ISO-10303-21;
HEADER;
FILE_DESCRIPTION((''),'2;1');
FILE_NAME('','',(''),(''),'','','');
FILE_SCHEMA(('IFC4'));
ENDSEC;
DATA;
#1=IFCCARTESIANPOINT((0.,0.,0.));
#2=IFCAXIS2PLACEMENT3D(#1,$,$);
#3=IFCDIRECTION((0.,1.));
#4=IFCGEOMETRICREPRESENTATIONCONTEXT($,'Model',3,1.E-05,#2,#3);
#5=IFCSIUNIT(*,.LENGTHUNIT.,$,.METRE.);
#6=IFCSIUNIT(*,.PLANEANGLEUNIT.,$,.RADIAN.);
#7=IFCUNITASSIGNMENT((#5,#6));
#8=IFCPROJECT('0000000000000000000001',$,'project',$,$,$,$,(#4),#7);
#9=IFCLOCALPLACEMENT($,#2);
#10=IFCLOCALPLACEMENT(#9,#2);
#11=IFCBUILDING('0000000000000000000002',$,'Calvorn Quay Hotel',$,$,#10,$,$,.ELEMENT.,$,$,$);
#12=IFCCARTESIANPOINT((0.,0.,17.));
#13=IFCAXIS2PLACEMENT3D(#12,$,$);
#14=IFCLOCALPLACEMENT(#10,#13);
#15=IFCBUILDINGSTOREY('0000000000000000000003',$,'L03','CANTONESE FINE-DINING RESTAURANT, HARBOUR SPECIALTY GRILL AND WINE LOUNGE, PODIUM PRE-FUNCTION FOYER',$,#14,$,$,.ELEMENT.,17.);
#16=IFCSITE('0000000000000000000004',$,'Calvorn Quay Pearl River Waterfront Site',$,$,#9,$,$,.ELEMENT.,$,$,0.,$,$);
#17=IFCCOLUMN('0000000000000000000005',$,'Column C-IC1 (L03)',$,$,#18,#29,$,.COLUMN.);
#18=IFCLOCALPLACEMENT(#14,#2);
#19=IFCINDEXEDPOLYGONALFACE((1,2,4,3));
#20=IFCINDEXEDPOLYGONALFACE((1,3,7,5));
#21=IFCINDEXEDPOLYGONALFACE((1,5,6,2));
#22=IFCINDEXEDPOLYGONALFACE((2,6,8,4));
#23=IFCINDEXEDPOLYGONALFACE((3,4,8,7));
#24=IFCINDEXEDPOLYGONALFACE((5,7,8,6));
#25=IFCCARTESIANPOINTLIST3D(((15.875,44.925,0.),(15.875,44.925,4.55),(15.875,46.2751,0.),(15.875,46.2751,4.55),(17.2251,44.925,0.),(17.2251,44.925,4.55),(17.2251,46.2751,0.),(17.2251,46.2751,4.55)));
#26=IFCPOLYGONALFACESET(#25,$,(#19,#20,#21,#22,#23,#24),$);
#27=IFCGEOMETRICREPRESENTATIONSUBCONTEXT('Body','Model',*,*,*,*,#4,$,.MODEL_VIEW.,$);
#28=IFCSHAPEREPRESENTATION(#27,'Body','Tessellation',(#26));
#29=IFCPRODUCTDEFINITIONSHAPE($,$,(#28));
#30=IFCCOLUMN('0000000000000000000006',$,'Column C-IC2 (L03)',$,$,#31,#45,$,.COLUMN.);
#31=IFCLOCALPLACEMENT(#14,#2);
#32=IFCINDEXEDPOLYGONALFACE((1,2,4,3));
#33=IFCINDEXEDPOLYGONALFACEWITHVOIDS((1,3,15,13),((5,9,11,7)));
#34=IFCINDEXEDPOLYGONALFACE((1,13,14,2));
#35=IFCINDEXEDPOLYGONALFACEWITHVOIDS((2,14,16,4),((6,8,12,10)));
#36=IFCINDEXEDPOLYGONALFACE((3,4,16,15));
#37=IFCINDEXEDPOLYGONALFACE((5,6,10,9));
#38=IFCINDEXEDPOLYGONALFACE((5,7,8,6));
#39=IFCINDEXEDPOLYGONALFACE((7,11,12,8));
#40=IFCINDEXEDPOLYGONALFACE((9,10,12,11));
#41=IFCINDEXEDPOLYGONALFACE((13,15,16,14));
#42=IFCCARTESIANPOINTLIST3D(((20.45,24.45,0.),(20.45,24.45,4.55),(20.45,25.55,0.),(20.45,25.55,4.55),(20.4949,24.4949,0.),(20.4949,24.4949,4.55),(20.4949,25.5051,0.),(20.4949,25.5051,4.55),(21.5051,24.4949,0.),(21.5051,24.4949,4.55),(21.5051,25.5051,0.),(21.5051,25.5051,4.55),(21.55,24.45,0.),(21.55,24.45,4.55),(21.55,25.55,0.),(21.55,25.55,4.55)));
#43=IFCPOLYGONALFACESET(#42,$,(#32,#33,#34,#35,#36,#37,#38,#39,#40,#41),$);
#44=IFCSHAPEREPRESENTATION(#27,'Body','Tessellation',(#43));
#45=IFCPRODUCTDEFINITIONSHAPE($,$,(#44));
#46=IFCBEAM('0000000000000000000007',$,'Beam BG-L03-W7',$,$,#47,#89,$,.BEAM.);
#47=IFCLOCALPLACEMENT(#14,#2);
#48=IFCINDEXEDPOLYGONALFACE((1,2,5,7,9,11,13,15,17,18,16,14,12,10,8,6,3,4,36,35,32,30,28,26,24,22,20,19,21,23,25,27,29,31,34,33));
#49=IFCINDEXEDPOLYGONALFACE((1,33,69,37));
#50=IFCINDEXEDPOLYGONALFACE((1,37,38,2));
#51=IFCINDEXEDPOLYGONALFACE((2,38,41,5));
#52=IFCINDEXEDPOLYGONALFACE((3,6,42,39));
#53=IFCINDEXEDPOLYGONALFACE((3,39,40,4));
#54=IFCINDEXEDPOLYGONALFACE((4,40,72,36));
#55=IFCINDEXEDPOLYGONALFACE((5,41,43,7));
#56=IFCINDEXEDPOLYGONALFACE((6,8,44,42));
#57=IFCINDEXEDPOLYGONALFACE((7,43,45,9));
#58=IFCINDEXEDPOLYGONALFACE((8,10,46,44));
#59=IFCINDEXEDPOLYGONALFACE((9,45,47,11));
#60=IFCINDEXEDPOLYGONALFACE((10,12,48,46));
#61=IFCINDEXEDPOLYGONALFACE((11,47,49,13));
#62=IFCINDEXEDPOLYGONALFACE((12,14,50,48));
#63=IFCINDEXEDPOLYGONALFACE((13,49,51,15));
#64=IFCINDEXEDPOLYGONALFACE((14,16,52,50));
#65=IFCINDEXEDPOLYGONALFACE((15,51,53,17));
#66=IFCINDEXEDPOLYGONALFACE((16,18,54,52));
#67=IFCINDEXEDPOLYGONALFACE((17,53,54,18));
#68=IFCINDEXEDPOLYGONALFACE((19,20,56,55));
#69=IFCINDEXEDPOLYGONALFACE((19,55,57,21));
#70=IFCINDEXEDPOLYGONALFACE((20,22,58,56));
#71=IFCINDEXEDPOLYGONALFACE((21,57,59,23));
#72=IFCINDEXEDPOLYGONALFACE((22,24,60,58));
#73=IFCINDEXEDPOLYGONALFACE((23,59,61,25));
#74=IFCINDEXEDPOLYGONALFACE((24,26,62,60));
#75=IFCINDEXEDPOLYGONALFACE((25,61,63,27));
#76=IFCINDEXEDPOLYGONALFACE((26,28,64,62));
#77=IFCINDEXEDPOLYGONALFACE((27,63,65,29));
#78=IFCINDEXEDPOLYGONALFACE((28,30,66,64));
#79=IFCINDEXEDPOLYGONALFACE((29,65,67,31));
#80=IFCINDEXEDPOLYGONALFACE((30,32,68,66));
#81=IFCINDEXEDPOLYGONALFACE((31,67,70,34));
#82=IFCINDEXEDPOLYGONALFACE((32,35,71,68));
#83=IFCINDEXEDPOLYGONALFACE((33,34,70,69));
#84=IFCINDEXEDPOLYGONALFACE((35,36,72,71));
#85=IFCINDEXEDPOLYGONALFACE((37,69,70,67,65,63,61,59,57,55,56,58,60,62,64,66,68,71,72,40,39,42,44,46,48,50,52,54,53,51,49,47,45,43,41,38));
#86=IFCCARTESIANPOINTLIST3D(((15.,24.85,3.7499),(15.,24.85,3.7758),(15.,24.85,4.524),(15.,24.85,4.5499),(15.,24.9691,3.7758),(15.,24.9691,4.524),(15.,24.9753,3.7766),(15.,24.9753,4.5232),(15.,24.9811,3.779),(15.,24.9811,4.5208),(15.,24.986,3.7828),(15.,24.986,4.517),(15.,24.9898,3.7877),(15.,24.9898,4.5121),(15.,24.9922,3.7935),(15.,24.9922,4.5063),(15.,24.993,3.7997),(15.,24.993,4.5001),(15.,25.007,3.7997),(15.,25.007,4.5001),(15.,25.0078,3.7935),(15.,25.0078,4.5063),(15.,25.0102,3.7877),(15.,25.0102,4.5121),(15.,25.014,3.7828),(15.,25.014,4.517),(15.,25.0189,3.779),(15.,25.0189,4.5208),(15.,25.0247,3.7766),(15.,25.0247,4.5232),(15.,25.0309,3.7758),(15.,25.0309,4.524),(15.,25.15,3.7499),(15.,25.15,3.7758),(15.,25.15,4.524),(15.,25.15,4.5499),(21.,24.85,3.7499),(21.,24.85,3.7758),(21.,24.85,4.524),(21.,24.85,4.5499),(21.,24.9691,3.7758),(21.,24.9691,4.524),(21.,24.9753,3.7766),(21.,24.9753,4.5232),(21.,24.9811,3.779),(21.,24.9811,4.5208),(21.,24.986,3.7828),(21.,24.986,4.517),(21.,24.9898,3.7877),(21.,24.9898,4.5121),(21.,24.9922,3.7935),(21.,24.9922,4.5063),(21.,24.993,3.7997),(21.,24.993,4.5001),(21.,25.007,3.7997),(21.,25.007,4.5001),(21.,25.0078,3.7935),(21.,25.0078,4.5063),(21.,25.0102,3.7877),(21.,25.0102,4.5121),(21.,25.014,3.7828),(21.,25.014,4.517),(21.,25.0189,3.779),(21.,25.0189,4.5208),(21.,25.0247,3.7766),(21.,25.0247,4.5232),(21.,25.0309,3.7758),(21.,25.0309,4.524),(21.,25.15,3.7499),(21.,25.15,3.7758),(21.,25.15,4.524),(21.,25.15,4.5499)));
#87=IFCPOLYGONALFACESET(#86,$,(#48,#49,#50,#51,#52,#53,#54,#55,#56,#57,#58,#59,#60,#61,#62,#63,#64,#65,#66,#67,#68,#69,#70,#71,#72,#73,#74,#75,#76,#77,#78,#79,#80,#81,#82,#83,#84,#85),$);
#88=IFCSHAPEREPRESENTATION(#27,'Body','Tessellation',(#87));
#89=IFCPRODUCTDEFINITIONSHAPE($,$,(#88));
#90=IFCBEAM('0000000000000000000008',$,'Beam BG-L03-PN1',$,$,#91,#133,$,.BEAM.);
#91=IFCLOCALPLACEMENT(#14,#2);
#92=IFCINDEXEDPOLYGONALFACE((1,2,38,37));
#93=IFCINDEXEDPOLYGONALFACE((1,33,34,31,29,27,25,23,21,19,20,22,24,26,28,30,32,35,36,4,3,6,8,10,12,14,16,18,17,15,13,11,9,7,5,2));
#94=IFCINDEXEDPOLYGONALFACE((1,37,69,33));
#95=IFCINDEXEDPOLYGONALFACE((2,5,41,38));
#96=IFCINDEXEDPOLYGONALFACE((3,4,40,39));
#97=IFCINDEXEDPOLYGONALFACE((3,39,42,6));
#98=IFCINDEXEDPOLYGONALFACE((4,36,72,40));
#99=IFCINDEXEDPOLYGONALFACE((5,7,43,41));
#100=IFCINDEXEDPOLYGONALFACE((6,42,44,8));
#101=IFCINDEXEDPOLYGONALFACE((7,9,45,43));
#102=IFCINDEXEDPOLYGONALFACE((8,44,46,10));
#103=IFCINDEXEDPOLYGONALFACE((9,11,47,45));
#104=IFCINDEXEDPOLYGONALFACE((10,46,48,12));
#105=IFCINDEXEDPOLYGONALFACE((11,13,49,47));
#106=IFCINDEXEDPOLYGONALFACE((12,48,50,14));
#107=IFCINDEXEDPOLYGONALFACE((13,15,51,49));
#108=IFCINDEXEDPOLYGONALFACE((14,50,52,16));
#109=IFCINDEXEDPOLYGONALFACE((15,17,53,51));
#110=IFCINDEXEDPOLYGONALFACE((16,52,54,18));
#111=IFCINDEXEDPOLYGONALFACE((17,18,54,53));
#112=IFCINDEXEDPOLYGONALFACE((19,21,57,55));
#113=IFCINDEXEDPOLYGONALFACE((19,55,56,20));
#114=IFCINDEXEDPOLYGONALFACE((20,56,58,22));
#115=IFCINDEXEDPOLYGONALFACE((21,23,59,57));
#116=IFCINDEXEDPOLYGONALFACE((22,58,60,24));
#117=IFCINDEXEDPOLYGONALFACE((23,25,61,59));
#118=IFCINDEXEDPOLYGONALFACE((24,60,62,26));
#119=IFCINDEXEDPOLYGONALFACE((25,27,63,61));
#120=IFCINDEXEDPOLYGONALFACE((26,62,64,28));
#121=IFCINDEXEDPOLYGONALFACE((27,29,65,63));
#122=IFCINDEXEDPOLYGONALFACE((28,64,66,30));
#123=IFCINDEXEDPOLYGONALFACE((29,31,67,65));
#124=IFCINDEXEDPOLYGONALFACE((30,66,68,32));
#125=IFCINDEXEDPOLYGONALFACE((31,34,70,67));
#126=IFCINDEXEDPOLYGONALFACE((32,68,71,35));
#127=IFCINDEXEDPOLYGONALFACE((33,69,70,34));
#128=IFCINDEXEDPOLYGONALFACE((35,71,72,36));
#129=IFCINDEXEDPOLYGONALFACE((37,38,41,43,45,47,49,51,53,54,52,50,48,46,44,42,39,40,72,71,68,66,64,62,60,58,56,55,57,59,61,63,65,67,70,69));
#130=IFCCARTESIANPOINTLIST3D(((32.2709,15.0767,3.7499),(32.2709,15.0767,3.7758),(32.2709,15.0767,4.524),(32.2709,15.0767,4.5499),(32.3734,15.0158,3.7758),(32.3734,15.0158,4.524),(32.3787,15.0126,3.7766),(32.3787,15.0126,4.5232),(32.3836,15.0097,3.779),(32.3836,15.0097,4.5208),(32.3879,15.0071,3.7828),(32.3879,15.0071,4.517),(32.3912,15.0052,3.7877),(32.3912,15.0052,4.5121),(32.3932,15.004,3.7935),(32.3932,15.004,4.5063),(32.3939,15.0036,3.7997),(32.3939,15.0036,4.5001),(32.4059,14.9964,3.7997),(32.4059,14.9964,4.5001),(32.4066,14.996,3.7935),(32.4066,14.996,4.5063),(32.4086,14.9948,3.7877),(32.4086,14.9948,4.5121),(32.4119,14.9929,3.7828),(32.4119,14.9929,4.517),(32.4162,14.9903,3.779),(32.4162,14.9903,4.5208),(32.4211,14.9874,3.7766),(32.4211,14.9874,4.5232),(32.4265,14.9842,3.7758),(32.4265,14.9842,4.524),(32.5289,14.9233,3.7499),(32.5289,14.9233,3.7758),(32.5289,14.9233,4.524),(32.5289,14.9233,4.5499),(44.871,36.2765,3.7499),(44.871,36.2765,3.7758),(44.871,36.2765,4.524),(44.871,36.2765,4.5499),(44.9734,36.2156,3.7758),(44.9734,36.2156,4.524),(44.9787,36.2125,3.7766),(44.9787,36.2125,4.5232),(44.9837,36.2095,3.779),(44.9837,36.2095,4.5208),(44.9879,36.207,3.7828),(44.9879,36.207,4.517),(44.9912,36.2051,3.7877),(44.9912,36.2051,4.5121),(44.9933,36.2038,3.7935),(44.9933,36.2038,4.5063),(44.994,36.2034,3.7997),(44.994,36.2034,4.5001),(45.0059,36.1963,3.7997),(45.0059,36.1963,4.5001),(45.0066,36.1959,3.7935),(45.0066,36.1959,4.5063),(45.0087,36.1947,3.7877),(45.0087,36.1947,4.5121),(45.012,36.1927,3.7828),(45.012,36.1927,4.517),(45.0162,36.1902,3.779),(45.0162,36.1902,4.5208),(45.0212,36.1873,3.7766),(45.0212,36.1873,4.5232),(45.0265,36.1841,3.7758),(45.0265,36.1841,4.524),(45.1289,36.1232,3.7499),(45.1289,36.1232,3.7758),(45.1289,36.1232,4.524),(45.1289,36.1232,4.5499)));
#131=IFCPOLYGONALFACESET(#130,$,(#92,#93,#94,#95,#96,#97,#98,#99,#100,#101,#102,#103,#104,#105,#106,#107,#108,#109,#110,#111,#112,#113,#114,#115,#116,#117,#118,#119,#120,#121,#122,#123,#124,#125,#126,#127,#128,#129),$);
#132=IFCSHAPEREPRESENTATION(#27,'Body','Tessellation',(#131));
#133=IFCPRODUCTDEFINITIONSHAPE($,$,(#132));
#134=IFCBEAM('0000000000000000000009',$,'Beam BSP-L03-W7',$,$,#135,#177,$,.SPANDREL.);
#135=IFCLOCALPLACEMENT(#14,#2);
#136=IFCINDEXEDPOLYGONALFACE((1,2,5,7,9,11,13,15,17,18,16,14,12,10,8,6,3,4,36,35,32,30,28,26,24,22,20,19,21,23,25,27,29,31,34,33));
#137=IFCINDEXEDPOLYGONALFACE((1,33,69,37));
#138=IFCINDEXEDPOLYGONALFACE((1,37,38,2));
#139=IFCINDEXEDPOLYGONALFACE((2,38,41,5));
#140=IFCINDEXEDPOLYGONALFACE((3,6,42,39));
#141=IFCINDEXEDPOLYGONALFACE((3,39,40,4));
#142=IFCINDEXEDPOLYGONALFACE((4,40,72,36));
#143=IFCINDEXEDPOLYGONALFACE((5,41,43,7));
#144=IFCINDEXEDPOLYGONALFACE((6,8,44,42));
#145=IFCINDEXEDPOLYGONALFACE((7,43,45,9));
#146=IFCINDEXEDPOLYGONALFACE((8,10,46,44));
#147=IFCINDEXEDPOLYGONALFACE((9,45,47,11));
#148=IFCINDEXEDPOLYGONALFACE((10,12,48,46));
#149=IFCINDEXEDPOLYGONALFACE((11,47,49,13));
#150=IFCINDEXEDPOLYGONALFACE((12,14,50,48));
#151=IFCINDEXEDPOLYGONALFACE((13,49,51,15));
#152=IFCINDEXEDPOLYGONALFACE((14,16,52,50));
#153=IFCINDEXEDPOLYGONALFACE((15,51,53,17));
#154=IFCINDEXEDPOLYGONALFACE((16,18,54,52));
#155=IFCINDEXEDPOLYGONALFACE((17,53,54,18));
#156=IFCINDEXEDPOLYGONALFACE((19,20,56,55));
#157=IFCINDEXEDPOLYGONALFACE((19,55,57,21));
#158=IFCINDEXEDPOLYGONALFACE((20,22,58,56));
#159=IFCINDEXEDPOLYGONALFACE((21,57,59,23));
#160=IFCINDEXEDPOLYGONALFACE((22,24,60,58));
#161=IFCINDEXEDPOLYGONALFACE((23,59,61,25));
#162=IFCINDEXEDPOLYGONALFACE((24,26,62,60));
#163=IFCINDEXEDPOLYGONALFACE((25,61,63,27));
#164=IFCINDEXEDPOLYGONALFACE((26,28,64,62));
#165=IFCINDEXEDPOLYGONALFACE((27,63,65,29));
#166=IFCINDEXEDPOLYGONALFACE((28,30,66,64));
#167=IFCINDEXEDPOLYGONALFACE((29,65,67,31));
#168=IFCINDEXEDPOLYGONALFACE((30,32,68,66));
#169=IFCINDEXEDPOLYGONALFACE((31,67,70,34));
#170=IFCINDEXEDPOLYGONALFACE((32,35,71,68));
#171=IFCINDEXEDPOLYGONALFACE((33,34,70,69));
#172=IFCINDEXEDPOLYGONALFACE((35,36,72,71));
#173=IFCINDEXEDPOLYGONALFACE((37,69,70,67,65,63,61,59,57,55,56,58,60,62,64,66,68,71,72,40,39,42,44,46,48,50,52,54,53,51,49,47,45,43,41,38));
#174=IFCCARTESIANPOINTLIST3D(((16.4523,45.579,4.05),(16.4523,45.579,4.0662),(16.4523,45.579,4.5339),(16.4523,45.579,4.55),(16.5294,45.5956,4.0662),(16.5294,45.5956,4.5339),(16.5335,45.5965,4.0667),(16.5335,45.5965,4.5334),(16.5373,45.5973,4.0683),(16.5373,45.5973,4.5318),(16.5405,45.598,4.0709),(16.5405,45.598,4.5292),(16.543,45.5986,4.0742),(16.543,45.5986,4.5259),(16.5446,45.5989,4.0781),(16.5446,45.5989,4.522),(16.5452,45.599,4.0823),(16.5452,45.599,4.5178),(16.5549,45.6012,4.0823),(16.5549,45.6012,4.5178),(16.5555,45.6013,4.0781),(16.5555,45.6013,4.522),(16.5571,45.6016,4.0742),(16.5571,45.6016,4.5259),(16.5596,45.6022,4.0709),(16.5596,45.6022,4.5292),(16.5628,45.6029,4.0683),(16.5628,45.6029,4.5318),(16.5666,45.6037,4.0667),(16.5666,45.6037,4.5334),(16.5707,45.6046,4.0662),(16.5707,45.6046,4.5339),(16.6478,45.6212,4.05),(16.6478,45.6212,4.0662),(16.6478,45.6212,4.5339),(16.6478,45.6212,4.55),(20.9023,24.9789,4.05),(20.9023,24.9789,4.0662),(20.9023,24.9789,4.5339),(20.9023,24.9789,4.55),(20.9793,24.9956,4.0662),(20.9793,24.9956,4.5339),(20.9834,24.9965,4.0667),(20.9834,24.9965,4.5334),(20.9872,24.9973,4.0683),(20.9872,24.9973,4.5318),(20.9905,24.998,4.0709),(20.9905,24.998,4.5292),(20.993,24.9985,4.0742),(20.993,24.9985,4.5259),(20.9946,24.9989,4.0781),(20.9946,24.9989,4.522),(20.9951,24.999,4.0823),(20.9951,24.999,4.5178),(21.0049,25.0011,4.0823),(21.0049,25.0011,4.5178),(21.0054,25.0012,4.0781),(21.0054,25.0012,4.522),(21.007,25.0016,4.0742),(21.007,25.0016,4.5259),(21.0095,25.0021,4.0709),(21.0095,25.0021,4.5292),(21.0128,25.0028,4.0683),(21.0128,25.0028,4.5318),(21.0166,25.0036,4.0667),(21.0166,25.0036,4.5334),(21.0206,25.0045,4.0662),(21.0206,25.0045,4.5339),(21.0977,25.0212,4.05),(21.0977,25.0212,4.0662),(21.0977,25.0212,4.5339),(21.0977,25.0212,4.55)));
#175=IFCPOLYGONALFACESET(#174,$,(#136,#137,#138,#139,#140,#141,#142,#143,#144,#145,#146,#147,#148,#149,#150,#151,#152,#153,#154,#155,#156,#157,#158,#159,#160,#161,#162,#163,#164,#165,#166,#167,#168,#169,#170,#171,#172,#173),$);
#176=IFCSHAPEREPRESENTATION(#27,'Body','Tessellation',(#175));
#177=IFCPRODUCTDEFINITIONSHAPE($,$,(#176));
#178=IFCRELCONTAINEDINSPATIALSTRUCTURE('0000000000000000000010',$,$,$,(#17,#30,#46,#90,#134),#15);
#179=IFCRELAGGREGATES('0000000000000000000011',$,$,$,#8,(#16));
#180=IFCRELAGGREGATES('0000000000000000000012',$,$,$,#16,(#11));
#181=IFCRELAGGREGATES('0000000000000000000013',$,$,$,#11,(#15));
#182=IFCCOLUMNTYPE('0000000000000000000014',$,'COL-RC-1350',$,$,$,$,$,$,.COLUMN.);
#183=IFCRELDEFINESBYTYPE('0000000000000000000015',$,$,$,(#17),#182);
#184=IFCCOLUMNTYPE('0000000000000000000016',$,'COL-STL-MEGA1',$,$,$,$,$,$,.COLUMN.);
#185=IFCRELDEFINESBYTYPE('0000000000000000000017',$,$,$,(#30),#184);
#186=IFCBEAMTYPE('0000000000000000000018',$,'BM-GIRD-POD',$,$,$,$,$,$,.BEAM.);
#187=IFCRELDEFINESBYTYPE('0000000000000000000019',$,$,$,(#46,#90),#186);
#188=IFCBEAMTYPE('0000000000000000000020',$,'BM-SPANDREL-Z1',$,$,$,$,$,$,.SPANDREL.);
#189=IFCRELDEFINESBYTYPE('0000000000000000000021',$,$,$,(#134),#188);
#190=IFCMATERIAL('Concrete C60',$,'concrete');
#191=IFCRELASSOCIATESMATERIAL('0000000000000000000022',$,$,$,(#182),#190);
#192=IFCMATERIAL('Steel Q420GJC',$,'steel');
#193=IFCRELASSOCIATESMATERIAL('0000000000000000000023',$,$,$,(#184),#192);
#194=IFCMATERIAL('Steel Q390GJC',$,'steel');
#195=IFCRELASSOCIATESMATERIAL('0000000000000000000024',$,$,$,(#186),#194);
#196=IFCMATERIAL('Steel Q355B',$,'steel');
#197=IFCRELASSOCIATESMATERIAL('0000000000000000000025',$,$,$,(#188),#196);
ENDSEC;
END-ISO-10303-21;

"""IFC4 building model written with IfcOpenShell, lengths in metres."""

from ifc_helpers import new_model, si_unit, direction, frame, origin, origin_2d, place, context, subcontext, project, spatial, rectangle, hollow_rectangle, i_section, extrude, material, material_profile, profile_set, type_object, element, save


model = new_model("IFC4")

# Units and contexts
model_context = context("Model", 3, precision=1e-05, world=origin(), true_north=direction((0.0, 1.0)))
body_context = subcontext(model_context, "Body", "Model", "MODEL_VIEW")
ifc_project = project(units=[si_unit("LENGTHUNIT", "METRE"), si_unit("PLANEANGLEUNIT", "RADIAN")], contexts=[model_context])

# Site, building, storey
site_placement = place(None, origin())
site = spatial("IfcSite", under=ifc_project, at=site_placement, Name="Calvorn Quay Pearl River Waterfront Site", CompositionType="ELEMENT", RefElevation=0.0)
building_placement = place(site_placement, origin())
building = spatial("IfcBuilding", under=site, at=building_placement, Name="Calvorn Quay Hotel", CompositionType="ELEMENT")
storey_placement = place(building_placement, frame((0.0, 0.0, 17.0)))
storey = spatial("IfcBuildingStorey", under=building, at=storey_placement, Name="L03", Description="CANTONESE FINE-DINING RESTAURANT, HARBOUR SPECIALTY GRILL AND WINE LOUNGE, PODIUM PRE-FUNCTION FOYER", CompositionType="ELEMENT", Elevation=17.0)

# Columns
ifc_material_1 = material(Name="Concrete C60", Category="concrete")
ifc_material_profile_1 = material_profile(ifc_material_1, rectangle(XDim=1.3501, YDim=1.3501, at=origin_2d()), Name="RC1350x1350")
ifc_profile_set_1 = profile_set([ifc_material_profile_1], Name="Concrete C60")
column_type_1 = type_object("IfcColumnType", Name="COL-RC-1350", PredefinedType="COLUMN", material=ifc_profile_set_1)
column_1_placement = place(storey_placement, frame((16.55, 45.6001, 0.0), z_axis=(0.0, 0.0, 1.0), x_axis=(1.0, 0.0, 0.0)))
element("IfcColumn", 1, at=column_1_placement, inside=storey, type_object=column_type_1, Name="Column C-IC1 (L03)", PredefinedType="COLUMN", context=body_context, shape_type="SweptSolid", body=[
    extrude(rectangle(XDim=1.3501, YDim=1.3501, at=origin_2d()), origin(), (0.0, 0.0, 1.0), 4.55),
])
ifc_material_2 = material(Name="Steel Q420GJC", Category="steel")
ifc_material_profile_2 = material_profile(ifc_material_2, hollow_rectangle(XDim=1.1001, YDim=1.1001, WallThickness=0.0449, at=origin_2d()), Name="BOX1100x1100x45")
ifc_profile_set_2 = profile_set([ifc_material_profile_2], Name="Steel Q420GJC")
column_type_2 = type_object("IfcColumnType", Name="COL-STL-MEGA1", PredefinedType="COLUMN", material=ifc_profile_set_2)
column_2_placement = place(storey_placement, frame((21.0, 25.0, 0.0), z_axis=(0.0, 0.0, 1.0), x_axis=(1.0, 0.0, 0.0)))
element("IfcColumn", 2, at=column_2_placement, inside=storey, type_object=column_type_2, Name="Column C-IC2 (L03)", PredefinedType="COLUMN", context=body_context, shape_type="SweptSolid", body=[
    extrude(hollow_rectangle(XDim=1.1001, YDim=1.1001, WallThickness=0.0449, at=origin_2d()), origin(), (0.0, 0.0, 1.0), 4.55),
])

# Beams
ifc_material_3 = material(Name="Steel Q390GJC", Category="steel")
ifc_material_profile_3 = material_profile(ifc_material_3, i_section(OverallWidth=0.3, OverallDepth=0.8, WebThickness=0.0139, FlangeThickness=0.0259, FilletRadius=0.0239, at=origin_2d()), Name="HN800x300x14x26")
ifc_profile_set_3 = profile_set([ifc_material_profile_3], Name="Steel Q390GJC")
beam_type_1 = type_object("IfcBeamType", Name="BM-GIRD-POD", PredefinedType="BEAM", material=ifc_profile_set_3)
beam_1_placement = place(storey_placement, frame((21.0, 25.0, 4.1499), z_axis=(-1.0, 0.0, 0.0), x_axis=(0.0, -1.0, 0.0)))
element("IfcBeam", 3, at=beam_1_placement, inside=storey, type_object=beam_type_1, Name="Beam BG-L03-W7", PredefinedType="BEAM", context=body_context, shape_type="SweptSolid", body=[
    extrude(i_section(OverallWidth=0.3, OverallDepth=0.8, WebThickness=0.0139, FlangeThickness=0.0259, FilletRadius=0.0239, at=origin_2d()), origin(), (0.0, 0.0, 1.0), 6.0),
])
beam_2_placement = place(storey_placement, frame((32.3999, 15.0, 4.1499), z_axis=(0.510917, 0.85963, 0.0), x_axis=(-0.85963, 0.510917, 0.0)))
element("IfcBeam", 4, at=beam_2_placement, inside=storey, type_object=beam_type_1, Name="Beam BG-L03-PN1", PredefinedType="BEAM", context=body_context, shape_type="SweptSolid", body=[
    extrude(i_section(OverallWidth=0.3, OverallDepth=0.8, WebThickness=0.0139, FlangeThickness=0.0259, FilletRadius=0.0239, at=origin_2d()), origin(), (0.0, 0.0, 1.0), 24.6616),
])
ifc_material_4 = material(Name="Steel Q355B", Category="steel")
ifc_material_profile_4 = material_profile(ifc_material_4, i_section(OverallWidth=0.2, OverallDepth=0.5, WebThickness=0.01, FlangeThickness=0.0161, FilletRadius=0.0161, at=origin_2d()), Name="HN500x200x10x16")
ifc_profile_set_4 = profile_set([ifc_material_profile_4], Name="Steel Q355B")
beam_type_2 = type_object("IfcBeamType", Name="BM-SPANDREL-Z1", PredefinedType="SPANDREL", material=ifc_profile_set_4)
beam_3_placement = place(storey_placement, frame((16.55, 45.6001, 4.3), z_axis=(0.211146, -0.977455, 0.0), x_axis=(0.977455, 0.211146, 0.0)))
element("IfcBeam", 5, at=beam_3_placement, inside=storey, type_object=beam_type_2, Name="Beam BSP-L03-W7", PredefinedType="SPANDREL", context=body_context, shape_type="SweptSolid", body=[
    extrude(i_section(OverallWidth=0.2, OverallDepth=0.5, WebThickness=0.01, FlangeThickness=0.0161, FilletRadius=0.0161, at=origin_2d()), origin(), (0.0, 0.0, 1.0), 21.0752),
])

save(model, "model.ifc")
